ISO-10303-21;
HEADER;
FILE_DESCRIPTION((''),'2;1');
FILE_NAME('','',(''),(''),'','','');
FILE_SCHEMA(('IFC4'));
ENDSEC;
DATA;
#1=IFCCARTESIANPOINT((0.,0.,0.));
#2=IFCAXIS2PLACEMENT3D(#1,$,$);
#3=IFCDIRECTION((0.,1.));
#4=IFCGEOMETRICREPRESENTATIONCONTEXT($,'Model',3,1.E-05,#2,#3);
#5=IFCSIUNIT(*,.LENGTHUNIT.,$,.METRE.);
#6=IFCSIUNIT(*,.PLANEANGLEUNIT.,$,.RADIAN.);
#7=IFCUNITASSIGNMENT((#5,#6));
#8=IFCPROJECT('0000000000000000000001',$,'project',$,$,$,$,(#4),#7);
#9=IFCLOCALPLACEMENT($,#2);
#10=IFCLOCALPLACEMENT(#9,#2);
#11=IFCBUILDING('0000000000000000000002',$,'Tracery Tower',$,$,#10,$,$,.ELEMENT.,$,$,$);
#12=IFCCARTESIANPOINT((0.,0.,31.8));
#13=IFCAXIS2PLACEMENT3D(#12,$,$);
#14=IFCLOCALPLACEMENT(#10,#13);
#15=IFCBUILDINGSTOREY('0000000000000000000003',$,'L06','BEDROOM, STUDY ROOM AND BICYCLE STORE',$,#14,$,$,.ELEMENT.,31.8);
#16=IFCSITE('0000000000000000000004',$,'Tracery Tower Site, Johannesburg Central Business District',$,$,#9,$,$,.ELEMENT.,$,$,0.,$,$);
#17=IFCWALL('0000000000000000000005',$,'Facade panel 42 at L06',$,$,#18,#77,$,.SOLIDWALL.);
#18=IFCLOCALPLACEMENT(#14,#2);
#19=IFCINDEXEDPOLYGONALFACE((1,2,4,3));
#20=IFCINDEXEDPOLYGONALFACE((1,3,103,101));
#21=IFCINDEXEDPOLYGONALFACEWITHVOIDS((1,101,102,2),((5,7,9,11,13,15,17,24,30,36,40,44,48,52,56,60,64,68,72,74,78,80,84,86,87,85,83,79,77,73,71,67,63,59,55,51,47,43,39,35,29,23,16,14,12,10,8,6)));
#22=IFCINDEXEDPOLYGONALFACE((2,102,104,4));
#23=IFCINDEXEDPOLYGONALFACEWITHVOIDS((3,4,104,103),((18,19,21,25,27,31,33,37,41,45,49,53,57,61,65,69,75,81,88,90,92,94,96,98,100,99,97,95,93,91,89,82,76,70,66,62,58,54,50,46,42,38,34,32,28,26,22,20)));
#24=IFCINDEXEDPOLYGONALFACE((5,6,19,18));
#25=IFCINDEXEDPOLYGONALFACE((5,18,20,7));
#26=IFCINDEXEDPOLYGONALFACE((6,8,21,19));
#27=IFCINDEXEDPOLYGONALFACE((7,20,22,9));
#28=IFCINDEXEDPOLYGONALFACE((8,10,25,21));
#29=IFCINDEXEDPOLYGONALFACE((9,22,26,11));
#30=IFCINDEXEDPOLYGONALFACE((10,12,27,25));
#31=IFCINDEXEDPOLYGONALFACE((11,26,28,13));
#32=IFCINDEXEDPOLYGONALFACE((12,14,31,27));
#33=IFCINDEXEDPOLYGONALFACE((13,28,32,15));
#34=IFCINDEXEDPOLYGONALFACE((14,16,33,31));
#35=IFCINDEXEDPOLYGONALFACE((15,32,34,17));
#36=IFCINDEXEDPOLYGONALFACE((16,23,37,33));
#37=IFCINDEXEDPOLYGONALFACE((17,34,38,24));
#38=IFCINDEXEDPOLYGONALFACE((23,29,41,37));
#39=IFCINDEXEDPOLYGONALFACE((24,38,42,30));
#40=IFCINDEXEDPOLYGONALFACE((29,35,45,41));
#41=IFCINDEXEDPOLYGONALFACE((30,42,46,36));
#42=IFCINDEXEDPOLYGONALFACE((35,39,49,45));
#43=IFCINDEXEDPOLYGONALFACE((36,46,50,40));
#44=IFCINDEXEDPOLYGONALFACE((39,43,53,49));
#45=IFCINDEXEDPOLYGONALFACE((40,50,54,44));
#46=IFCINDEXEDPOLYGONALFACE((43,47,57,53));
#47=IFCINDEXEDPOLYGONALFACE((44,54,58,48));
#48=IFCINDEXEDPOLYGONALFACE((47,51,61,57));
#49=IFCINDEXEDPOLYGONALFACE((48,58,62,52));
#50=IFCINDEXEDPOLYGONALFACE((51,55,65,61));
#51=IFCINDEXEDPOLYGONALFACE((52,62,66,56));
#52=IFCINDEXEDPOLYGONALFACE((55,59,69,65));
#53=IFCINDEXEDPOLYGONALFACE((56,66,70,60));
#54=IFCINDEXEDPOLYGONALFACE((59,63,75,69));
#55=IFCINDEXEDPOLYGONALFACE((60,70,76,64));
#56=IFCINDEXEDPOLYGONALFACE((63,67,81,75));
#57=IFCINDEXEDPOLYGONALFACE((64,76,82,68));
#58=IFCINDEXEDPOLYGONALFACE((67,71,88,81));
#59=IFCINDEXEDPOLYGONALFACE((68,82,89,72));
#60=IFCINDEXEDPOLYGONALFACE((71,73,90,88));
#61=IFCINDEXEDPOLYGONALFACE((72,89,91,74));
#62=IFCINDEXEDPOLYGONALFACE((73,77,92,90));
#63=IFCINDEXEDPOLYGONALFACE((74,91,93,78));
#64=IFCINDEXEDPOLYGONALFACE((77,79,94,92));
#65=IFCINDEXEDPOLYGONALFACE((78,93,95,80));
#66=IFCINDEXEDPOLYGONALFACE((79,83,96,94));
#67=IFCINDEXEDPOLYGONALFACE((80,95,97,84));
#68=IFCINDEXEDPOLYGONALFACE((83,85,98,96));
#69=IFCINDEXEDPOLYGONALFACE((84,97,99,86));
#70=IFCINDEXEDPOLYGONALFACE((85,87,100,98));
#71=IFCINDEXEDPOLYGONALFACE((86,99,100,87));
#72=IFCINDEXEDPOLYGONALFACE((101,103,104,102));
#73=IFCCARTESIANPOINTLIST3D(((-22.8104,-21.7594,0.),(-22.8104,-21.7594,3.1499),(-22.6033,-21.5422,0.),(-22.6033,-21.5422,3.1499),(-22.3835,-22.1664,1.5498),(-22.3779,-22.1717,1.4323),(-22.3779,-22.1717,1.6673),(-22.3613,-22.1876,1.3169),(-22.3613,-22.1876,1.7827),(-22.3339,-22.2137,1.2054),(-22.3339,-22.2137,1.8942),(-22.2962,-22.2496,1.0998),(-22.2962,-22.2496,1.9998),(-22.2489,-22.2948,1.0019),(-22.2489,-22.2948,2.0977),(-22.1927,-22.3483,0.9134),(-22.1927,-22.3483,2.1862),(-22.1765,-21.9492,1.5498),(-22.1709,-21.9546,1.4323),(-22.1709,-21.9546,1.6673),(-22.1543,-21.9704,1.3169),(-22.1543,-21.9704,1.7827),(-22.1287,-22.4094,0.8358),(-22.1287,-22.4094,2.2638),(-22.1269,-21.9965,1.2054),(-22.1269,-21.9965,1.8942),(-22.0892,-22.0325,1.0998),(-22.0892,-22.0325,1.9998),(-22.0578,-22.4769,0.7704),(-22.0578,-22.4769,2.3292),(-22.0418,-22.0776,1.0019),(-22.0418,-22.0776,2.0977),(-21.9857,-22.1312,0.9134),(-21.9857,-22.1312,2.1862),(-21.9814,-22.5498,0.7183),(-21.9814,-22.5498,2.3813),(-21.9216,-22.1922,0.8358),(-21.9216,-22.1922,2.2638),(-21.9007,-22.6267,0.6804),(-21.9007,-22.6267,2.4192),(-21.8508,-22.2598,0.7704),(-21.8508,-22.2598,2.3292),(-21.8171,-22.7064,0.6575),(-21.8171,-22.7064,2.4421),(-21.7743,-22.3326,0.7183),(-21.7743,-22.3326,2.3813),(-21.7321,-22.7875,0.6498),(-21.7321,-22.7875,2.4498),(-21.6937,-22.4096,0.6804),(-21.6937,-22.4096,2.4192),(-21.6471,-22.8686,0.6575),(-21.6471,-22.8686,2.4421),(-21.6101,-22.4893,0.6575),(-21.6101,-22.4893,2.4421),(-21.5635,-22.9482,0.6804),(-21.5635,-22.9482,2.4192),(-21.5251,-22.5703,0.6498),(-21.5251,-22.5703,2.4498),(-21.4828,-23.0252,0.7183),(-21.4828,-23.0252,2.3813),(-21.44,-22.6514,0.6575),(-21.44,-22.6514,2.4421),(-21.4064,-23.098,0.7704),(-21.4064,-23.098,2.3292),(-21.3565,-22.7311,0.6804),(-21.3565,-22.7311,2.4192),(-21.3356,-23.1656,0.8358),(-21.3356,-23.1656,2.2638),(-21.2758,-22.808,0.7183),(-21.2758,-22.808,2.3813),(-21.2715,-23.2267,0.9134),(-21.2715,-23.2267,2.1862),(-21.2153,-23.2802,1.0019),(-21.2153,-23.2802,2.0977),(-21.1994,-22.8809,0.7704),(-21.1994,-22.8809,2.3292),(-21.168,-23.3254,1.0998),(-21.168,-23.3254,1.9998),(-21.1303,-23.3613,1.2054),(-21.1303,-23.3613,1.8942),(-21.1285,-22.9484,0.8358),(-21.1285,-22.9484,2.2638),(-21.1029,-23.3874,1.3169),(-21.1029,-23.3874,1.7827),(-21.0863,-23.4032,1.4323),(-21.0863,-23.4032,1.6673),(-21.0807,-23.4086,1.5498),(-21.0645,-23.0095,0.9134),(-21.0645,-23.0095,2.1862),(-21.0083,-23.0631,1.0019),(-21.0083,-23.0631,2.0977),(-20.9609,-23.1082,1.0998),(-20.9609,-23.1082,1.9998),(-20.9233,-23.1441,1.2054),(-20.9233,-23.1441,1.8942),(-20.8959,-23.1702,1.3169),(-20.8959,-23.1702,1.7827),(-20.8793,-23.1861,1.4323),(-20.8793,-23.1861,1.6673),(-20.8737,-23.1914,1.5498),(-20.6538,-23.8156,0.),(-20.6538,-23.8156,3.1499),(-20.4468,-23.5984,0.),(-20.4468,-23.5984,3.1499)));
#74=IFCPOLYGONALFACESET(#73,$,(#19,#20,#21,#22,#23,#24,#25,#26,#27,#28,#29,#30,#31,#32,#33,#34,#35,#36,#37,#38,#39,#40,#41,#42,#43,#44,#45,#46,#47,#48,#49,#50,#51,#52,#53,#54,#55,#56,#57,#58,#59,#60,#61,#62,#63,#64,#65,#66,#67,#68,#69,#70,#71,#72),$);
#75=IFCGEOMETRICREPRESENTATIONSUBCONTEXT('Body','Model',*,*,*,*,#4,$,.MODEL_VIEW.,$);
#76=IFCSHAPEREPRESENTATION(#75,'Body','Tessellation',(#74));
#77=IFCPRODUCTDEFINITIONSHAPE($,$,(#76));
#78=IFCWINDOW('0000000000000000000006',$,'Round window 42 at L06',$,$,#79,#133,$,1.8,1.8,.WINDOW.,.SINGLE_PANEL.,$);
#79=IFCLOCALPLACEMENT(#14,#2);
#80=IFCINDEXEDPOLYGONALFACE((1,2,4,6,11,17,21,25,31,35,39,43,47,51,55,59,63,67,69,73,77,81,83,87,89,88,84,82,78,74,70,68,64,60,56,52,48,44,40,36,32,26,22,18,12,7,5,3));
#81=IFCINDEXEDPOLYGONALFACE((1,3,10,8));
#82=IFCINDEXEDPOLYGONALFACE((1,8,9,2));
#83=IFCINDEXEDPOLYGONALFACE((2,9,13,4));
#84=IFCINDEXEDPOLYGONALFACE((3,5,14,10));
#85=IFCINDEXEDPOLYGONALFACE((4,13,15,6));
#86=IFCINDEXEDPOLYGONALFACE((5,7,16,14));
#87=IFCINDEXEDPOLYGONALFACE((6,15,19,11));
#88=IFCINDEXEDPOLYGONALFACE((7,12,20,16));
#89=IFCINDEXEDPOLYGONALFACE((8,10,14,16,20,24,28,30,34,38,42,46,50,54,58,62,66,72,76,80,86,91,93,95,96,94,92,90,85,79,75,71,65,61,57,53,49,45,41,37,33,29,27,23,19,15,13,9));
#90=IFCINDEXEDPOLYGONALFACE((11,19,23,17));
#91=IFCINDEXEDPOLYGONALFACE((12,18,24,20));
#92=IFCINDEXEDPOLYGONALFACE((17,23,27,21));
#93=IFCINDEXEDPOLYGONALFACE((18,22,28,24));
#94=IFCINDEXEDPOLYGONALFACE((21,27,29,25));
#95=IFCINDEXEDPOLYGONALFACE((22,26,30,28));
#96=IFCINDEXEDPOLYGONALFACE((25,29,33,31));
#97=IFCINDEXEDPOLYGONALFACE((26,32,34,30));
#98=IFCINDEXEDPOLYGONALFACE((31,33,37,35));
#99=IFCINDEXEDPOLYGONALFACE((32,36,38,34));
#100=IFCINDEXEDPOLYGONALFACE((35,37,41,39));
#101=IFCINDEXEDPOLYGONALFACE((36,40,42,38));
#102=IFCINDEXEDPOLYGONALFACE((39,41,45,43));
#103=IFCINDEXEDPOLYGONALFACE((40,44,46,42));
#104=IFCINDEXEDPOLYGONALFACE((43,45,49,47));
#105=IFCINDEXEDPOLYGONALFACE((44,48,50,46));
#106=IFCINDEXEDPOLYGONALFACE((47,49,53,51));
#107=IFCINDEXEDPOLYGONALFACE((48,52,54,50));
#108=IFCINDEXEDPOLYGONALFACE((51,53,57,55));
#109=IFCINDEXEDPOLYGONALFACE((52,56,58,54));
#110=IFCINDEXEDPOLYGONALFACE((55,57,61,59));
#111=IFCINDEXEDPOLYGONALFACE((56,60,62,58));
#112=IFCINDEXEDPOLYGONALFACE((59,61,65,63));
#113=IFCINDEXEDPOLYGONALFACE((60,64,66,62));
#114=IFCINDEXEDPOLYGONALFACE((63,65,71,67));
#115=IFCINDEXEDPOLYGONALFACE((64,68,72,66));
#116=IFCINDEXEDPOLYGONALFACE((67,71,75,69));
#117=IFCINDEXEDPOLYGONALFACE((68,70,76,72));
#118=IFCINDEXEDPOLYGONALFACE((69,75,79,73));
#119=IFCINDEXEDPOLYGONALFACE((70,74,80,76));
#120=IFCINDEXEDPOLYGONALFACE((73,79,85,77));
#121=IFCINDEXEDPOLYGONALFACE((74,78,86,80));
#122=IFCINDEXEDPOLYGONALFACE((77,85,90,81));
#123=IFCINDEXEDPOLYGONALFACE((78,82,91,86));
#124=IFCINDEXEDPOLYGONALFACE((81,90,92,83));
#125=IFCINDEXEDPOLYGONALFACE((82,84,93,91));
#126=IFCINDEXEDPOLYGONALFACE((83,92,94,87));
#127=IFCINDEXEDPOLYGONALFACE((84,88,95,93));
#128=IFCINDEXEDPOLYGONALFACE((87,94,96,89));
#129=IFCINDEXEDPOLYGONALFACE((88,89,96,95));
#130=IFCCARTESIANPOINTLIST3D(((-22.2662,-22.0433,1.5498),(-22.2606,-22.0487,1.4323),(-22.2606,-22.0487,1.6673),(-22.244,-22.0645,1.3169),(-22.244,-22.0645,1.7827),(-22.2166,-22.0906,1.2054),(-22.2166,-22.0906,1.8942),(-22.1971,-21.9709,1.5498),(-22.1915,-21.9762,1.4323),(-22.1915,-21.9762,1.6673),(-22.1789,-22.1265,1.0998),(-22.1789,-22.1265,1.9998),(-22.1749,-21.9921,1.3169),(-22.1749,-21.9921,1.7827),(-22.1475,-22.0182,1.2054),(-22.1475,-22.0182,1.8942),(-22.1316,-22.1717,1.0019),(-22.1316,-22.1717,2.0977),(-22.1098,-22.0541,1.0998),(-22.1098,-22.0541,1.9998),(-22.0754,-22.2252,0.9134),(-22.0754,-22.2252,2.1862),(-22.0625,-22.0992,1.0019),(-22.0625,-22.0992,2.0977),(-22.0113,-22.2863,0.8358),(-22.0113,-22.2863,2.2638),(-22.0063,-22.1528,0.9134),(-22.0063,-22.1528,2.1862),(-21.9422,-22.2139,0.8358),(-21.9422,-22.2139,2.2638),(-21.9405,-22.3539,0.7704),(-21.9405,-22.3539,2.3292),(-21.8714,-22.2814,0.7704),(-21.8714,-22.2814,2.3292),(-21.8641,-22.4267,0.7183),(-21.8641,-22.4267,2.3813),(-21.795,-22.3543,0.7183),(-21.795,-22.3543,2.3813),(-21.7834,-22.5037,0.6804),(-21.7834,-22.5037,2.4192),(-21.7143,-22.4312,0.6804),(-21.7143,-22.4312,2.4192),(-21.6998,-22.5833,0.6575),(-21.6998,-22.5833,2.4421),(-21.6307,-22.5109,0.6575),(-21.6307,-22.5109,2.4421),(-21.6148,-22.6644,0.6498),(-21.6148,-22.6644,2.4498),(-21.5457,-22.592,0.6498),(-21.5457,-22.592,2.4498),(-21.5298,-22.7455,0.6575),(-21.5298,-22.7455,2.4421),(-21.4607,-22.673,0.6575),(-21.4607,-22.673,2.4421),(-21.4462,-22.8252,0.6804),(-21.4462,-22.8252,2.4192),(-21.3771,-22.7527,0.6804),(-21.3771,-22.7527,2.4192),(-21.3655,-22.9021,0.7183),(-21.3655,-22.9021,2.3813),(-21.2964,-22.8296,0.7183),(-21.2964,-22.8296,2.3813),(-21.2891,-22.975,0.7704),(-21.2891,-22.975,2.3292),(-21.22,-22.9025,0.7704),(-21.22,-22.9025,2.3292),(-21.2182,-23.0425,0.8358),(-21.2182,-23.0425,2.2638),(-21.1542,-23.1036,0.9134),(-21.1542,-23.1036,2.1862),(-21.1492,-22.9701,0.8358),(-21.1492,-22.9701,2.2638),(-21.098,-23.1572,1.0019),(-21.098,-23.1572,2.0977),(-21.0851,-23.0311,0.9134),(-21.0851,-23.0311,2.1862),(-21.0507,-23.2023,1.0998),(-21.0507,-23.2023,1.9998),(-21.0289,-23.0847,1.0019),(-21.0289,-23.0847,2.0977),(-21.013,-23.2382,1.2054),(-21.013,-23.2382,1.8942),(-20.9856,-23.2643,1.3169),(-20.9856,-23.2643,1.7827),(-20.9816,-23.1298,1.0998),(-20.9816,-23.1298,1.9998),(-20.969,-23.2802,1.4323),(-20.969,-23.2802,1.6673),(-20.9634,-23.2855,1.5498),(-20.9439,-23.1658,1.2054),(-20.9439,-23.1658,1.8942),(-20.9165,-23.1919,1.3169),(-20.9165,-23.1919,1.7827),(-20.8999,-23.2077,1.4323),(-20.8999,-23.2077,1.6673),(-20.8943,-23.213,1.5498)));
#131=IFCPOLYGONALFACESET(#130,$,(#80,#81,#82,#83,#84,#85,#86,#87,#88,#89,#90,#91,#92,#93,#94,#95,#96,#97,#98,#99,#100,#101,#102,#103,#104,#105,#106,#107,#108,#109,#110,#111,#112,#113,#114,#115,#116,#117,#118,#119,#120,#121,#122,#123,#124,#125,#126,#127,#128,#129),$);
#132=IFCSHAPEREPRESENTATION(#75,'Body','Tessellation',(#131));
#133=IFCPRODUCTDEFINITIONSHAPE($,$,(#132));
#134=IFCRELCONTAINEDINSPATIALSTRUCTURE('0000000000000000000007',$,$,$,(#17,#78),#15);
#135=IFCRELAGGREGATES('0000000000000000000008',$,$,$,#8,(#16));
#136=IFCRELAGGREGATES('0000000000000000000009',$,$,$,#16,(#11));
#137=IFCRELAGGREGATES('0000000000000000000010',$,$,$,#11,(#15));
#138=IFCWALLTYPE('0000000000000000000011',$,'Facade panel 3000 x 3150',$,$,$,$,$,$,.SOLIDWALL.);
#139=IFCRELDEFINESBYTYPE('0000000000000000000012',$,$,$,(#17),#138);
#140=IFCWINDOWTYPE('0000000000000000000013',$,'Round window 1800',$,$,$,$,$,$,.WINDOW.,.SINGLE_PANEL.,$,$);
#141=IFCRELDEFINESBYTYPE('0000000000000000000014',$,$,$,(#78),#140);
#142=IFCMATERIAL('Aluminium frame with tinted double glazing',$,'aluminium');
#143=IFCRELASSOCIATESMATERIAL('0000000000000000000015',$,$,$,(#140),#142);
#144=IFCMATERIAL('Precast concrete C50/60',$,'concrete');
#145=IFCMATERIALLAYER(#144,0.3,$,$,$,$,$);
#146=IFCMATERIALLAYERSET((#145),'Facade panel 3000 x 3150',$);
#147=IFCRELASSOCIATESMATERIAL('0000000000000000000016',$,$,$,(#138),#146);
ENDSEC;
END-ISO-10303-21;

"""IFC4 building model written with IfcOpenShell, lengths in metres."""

from ifc_helpers import new_model, si_unit, direction, frame, frame_2d, origin, origin_2d, place, context, subcontext, project, spatial, rectangle, circle, extrude, material, layer, layer_set, type_object, element, fill, save


model = new_model("IFC4")

# Units and contexts
model_context = context("Model", 3, precision=1e-05, world=origin(), true_north=direction((0.0, 1.0)))
body_context = subcontext(model_context, "Body", "Model", "MODEL_VIEW")
ifc_project = project(units=[si_unit("LENGTHUNIT", "METRE"), si_unit("PLANEANGLEUNIT", "RADIAN")], contexts=[model_context])

# Site, building, storey
site_placement = place(None, origin())
site = spatial("IfcSite", under=ifc_project, at=site_placement, Name="Tracery Tower Site, Johannesburg Central Business District", CompositionType="ELEMENT", RefElevation=0.0)
building_placement = place(site_placement, origin())
building = spatial("IfcBuilding", under=site, at=building_placement, Name="Tracery Tower", CompositionType="ELEMENT")
storey_placement = place(building_placement, frame((0.0, 0.0, 31.8)))
storey = spatial("IfcBuildingStorey", under=building, at=storey_placement, Name="L06", Description="BEDROOM, STUDY ROOM AND BICYCLE STORE", CompositionType="ELEMENT", Elevation=31.8)

# Wall, opening, window
ifc_material_1 = material(Name="Aluminium frame with tinted double glazing", Category="aluminium")
window_type = type_object("IfcWindowType", Name="Round window 1800", PartitioningType="SINGLE_PANEL", PredefinedType="WINDOW", material=ifc_material_1)
ifc_material_2 = material(Name="Precast concrete C50/60", Category="concrete")
ifc_layer_1 = layer(ifc_material_2, 0.3)
ifc_layer_set_1 = layer_set([ifc_layer_1], Name="Facade panel 3000 x 3150")
wall_type_1 = type_object("IfcWallType", Name="Facade panel 3000 x 3150", PredefinedType="SOLIDWALL", material=ifc_layer_set_1)
wall_1_placement = place(storey_placement, frame((-22.7068, -21.6509, 0.0), z_axis=(0.0, 0.0, 1.0), x_axis=(0.723744, -0.690068, 0.0)))
wall_1 = element("IfcWall", 1, at=wall_1_placement, inside=storey, type_object=wall_type_1, Name="Facade panel 42 at L06", PredefinedType="SOLIDWALL", context=body_context, shape_type="SweptSolid", body=[
    extrude(rectangle(XDim=2.9797, YDim=0.3, at=frame_2d((1.4897, 0.0))), origin(), (0.0, 0.0, 1.0), 3.1499),
])
opening_1_placement = place(wall_1_placement, frame((1.4897, 0.0, 1.5498)))
opening_1 = element("IfcOpeningElement", 2, at=opening_1_placement, cuts=wall_1, PredefinedType="OPENING", context=body_context, shape_type="SweptSolid", body=[
    extrude(circle(Radius=0.9, at=origin_2d()), frame((0.0, 0.1599, 0.0), z_axis=(0.0, -1.0, 0.0), x_axis=(1.0, 0.0, 0.0)), (0.0, 0.0, 1.0), 0.3201),
])
window_1_placement = place(opening_1_placement, origin())
window_1 = element("IfcWindow", 3, at=window_1_placement, inside=storey, type_object=window_type, Name="Round window 42 at L06", OverallHeight=1.8, OverallWidth=1.8, PartitioningType="SINGLE_PANEL", PredefinedType="WINDOW", context=body_context, shape_type="SweptSolid", body=[
    extrude(circle(Radius=0.9, at=origin_2d()), frame((0.0, 0.1201, 0.0), z_axis=(0.0, -1.0, 0.0), x_axis=(1.0, 0.0, 0.0)), (0.0, 0.0, 1.0), 0.1001),
])
fill(opening_1, window_1)

save(model, "model.ifc")
